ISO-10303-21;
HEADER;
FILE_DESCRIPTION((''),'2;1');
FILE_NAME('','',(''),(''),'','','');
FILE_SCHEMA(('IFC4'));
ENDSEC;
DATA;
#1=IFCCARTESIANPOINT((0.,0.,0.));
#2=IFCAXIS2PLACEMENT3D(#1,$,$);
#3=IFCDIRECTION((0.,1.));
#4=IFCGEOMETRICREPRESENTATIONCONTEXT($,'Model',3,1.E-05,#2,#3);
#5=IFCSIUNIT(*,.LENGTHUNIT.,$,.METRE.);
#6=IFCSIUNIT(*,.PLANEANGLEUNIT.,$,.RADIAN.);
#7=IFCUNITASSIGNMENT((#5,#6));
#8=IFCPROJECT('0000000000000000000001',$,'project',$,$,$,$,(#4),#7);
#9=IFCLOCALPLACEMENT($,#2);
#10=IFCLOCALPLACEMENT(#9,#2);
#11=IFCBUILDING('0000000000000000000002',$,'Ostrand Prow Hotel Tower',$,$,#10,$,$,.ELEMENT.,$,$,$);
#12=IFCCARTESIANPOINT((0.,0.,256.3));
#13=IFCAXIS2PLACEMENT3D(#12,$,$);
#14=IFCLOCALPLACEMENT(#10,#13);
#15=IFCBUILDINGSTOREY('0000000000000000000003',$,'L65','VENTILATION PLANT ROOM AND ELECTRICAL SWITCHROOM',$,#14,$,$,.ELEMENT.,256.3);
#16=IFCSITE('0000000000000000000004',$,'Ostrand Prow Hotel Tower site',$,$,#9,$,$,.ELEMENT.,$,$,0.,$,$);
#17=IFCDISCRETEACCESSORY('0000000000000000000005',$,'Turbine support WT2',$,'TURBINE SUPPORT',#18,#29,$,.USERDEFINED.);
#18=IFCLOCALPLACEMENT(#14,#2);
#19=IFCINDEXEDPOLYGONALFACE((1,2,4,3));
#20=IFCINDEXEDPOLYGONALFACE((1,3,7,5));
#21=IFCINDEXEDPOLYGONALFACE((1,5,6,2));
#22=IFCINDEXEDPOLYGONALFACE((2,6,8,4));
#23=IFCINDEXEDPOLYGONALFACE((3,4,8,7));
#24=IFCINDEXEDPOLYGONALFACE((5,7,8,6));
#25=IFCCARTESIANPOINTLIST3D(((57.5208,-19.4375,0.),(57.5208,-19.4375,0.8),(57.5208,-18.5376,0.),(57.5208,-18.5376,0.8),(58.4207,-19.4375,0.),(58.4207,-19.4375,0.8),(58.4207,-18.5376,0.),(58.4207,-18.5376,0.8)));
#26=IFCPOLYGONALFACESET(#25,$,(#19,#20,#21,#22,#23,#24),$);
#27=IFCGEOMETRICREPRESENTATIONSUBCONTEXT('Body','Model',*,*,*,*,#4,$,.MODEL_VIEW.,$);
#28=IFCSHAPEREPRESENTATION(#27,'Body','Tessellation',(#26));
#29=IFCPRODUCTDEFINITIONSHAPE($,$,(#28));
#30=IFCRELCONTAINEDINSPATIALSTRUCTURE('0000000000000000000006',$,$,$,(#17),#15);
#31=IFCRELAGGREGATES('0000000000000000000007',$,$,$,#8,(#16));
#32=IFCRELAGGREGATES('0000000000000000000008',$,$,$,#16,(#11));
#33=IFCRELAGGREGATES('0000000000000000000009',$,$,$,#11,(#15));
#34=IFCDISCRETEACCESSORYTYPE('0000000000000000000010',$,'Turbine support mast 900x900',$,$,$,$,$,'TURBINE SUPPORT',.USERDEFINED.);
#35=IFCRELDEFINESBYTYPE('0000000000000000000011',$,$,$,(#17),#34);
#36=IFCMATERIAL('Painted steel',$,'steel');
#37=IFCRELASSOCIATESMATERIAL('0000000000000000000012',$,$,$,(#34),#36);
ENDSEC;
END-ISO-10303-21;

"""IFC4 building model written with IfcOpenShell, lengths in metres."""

from ifc_helpers import new_model, si_unit, direction, frame, origin, origin_2d, place, context, subcontext, project, spatial, rectangle, extrude, material, type_object, element, save


model = new_model("IFC4")

# Units and contexts
model_context = context("Model", 3, precision=1e-05, world=origin(), true_north=direction((0.0, 1.0)))
body_context = subcontext(model_context, "Body", "Model", "MODEL_VIEW")
ifc_project = project(units=[si_unit("LENGTHUNIT", "METRE"), si_unit("PLANEANGLEUNIT", "RADIAN")], contexts=[model_context])

# Site, building, storey
site_placement = place(None, origin())
site = spatial("IfcSite", under=ifc_project, at=site_placement, Name="Ostrand Prow Hotel Tower site", CompositionType="ELEMENT", RefElevation=0.0)
building_placement = place(site_placement, origin())
building = spatial("IfcBuilding", under=site, at=building_placement, Name="Ostrand Prow Hotel Tower", CompositionType="ELEMENT")
storey_placement = place(building_placement, frame((0.0, 0.0, 256.3)))
storey = spatial("IfcBuildingStorey", under=building, at=storey_placement, Name="L65", Description="VENTILATION PLANT ROOM AND ELECTRICAL SWITCHROOM", CompositionType="ELEMENT", Elevation=256.3)

# Discrete accessory
ifc_material_1 = material(Name="Painted steel", Category="steel")
discrete_accessory_type_1 = type_object("IfcDiscreteAccessoryType", Name="Turbine support mast 900x900", ElementType="TURBINE SUPPORT", PredefinedType="USERDEFINED", material=ifc_material_1)
discrete_accessory_placement = place(storey_placement, frame((57.9707, -18.9875, 0.0), z_axis=(0.0, 0.0, 1.0), x_axis=(1.0, 0.0, 0.0)))
element("IfcDiscreteAccessory", 1, at=discrete_accessory_placement, inside=storey, type_object=discrete_accessory_type_1, Name="Turbine support WT2", ObjectType="TURBINE SUPPORT", PredefinedType="USERDEFINED", context=body_context, shape_type="SweptSolid", body=[
    extrude(rectangle(XDim=0.8999, YDim=0.8999, at=origin_2d()), origin(), (0.0, 0.0, 1.0), 0.8),
])

save(model, "model.ifc")
